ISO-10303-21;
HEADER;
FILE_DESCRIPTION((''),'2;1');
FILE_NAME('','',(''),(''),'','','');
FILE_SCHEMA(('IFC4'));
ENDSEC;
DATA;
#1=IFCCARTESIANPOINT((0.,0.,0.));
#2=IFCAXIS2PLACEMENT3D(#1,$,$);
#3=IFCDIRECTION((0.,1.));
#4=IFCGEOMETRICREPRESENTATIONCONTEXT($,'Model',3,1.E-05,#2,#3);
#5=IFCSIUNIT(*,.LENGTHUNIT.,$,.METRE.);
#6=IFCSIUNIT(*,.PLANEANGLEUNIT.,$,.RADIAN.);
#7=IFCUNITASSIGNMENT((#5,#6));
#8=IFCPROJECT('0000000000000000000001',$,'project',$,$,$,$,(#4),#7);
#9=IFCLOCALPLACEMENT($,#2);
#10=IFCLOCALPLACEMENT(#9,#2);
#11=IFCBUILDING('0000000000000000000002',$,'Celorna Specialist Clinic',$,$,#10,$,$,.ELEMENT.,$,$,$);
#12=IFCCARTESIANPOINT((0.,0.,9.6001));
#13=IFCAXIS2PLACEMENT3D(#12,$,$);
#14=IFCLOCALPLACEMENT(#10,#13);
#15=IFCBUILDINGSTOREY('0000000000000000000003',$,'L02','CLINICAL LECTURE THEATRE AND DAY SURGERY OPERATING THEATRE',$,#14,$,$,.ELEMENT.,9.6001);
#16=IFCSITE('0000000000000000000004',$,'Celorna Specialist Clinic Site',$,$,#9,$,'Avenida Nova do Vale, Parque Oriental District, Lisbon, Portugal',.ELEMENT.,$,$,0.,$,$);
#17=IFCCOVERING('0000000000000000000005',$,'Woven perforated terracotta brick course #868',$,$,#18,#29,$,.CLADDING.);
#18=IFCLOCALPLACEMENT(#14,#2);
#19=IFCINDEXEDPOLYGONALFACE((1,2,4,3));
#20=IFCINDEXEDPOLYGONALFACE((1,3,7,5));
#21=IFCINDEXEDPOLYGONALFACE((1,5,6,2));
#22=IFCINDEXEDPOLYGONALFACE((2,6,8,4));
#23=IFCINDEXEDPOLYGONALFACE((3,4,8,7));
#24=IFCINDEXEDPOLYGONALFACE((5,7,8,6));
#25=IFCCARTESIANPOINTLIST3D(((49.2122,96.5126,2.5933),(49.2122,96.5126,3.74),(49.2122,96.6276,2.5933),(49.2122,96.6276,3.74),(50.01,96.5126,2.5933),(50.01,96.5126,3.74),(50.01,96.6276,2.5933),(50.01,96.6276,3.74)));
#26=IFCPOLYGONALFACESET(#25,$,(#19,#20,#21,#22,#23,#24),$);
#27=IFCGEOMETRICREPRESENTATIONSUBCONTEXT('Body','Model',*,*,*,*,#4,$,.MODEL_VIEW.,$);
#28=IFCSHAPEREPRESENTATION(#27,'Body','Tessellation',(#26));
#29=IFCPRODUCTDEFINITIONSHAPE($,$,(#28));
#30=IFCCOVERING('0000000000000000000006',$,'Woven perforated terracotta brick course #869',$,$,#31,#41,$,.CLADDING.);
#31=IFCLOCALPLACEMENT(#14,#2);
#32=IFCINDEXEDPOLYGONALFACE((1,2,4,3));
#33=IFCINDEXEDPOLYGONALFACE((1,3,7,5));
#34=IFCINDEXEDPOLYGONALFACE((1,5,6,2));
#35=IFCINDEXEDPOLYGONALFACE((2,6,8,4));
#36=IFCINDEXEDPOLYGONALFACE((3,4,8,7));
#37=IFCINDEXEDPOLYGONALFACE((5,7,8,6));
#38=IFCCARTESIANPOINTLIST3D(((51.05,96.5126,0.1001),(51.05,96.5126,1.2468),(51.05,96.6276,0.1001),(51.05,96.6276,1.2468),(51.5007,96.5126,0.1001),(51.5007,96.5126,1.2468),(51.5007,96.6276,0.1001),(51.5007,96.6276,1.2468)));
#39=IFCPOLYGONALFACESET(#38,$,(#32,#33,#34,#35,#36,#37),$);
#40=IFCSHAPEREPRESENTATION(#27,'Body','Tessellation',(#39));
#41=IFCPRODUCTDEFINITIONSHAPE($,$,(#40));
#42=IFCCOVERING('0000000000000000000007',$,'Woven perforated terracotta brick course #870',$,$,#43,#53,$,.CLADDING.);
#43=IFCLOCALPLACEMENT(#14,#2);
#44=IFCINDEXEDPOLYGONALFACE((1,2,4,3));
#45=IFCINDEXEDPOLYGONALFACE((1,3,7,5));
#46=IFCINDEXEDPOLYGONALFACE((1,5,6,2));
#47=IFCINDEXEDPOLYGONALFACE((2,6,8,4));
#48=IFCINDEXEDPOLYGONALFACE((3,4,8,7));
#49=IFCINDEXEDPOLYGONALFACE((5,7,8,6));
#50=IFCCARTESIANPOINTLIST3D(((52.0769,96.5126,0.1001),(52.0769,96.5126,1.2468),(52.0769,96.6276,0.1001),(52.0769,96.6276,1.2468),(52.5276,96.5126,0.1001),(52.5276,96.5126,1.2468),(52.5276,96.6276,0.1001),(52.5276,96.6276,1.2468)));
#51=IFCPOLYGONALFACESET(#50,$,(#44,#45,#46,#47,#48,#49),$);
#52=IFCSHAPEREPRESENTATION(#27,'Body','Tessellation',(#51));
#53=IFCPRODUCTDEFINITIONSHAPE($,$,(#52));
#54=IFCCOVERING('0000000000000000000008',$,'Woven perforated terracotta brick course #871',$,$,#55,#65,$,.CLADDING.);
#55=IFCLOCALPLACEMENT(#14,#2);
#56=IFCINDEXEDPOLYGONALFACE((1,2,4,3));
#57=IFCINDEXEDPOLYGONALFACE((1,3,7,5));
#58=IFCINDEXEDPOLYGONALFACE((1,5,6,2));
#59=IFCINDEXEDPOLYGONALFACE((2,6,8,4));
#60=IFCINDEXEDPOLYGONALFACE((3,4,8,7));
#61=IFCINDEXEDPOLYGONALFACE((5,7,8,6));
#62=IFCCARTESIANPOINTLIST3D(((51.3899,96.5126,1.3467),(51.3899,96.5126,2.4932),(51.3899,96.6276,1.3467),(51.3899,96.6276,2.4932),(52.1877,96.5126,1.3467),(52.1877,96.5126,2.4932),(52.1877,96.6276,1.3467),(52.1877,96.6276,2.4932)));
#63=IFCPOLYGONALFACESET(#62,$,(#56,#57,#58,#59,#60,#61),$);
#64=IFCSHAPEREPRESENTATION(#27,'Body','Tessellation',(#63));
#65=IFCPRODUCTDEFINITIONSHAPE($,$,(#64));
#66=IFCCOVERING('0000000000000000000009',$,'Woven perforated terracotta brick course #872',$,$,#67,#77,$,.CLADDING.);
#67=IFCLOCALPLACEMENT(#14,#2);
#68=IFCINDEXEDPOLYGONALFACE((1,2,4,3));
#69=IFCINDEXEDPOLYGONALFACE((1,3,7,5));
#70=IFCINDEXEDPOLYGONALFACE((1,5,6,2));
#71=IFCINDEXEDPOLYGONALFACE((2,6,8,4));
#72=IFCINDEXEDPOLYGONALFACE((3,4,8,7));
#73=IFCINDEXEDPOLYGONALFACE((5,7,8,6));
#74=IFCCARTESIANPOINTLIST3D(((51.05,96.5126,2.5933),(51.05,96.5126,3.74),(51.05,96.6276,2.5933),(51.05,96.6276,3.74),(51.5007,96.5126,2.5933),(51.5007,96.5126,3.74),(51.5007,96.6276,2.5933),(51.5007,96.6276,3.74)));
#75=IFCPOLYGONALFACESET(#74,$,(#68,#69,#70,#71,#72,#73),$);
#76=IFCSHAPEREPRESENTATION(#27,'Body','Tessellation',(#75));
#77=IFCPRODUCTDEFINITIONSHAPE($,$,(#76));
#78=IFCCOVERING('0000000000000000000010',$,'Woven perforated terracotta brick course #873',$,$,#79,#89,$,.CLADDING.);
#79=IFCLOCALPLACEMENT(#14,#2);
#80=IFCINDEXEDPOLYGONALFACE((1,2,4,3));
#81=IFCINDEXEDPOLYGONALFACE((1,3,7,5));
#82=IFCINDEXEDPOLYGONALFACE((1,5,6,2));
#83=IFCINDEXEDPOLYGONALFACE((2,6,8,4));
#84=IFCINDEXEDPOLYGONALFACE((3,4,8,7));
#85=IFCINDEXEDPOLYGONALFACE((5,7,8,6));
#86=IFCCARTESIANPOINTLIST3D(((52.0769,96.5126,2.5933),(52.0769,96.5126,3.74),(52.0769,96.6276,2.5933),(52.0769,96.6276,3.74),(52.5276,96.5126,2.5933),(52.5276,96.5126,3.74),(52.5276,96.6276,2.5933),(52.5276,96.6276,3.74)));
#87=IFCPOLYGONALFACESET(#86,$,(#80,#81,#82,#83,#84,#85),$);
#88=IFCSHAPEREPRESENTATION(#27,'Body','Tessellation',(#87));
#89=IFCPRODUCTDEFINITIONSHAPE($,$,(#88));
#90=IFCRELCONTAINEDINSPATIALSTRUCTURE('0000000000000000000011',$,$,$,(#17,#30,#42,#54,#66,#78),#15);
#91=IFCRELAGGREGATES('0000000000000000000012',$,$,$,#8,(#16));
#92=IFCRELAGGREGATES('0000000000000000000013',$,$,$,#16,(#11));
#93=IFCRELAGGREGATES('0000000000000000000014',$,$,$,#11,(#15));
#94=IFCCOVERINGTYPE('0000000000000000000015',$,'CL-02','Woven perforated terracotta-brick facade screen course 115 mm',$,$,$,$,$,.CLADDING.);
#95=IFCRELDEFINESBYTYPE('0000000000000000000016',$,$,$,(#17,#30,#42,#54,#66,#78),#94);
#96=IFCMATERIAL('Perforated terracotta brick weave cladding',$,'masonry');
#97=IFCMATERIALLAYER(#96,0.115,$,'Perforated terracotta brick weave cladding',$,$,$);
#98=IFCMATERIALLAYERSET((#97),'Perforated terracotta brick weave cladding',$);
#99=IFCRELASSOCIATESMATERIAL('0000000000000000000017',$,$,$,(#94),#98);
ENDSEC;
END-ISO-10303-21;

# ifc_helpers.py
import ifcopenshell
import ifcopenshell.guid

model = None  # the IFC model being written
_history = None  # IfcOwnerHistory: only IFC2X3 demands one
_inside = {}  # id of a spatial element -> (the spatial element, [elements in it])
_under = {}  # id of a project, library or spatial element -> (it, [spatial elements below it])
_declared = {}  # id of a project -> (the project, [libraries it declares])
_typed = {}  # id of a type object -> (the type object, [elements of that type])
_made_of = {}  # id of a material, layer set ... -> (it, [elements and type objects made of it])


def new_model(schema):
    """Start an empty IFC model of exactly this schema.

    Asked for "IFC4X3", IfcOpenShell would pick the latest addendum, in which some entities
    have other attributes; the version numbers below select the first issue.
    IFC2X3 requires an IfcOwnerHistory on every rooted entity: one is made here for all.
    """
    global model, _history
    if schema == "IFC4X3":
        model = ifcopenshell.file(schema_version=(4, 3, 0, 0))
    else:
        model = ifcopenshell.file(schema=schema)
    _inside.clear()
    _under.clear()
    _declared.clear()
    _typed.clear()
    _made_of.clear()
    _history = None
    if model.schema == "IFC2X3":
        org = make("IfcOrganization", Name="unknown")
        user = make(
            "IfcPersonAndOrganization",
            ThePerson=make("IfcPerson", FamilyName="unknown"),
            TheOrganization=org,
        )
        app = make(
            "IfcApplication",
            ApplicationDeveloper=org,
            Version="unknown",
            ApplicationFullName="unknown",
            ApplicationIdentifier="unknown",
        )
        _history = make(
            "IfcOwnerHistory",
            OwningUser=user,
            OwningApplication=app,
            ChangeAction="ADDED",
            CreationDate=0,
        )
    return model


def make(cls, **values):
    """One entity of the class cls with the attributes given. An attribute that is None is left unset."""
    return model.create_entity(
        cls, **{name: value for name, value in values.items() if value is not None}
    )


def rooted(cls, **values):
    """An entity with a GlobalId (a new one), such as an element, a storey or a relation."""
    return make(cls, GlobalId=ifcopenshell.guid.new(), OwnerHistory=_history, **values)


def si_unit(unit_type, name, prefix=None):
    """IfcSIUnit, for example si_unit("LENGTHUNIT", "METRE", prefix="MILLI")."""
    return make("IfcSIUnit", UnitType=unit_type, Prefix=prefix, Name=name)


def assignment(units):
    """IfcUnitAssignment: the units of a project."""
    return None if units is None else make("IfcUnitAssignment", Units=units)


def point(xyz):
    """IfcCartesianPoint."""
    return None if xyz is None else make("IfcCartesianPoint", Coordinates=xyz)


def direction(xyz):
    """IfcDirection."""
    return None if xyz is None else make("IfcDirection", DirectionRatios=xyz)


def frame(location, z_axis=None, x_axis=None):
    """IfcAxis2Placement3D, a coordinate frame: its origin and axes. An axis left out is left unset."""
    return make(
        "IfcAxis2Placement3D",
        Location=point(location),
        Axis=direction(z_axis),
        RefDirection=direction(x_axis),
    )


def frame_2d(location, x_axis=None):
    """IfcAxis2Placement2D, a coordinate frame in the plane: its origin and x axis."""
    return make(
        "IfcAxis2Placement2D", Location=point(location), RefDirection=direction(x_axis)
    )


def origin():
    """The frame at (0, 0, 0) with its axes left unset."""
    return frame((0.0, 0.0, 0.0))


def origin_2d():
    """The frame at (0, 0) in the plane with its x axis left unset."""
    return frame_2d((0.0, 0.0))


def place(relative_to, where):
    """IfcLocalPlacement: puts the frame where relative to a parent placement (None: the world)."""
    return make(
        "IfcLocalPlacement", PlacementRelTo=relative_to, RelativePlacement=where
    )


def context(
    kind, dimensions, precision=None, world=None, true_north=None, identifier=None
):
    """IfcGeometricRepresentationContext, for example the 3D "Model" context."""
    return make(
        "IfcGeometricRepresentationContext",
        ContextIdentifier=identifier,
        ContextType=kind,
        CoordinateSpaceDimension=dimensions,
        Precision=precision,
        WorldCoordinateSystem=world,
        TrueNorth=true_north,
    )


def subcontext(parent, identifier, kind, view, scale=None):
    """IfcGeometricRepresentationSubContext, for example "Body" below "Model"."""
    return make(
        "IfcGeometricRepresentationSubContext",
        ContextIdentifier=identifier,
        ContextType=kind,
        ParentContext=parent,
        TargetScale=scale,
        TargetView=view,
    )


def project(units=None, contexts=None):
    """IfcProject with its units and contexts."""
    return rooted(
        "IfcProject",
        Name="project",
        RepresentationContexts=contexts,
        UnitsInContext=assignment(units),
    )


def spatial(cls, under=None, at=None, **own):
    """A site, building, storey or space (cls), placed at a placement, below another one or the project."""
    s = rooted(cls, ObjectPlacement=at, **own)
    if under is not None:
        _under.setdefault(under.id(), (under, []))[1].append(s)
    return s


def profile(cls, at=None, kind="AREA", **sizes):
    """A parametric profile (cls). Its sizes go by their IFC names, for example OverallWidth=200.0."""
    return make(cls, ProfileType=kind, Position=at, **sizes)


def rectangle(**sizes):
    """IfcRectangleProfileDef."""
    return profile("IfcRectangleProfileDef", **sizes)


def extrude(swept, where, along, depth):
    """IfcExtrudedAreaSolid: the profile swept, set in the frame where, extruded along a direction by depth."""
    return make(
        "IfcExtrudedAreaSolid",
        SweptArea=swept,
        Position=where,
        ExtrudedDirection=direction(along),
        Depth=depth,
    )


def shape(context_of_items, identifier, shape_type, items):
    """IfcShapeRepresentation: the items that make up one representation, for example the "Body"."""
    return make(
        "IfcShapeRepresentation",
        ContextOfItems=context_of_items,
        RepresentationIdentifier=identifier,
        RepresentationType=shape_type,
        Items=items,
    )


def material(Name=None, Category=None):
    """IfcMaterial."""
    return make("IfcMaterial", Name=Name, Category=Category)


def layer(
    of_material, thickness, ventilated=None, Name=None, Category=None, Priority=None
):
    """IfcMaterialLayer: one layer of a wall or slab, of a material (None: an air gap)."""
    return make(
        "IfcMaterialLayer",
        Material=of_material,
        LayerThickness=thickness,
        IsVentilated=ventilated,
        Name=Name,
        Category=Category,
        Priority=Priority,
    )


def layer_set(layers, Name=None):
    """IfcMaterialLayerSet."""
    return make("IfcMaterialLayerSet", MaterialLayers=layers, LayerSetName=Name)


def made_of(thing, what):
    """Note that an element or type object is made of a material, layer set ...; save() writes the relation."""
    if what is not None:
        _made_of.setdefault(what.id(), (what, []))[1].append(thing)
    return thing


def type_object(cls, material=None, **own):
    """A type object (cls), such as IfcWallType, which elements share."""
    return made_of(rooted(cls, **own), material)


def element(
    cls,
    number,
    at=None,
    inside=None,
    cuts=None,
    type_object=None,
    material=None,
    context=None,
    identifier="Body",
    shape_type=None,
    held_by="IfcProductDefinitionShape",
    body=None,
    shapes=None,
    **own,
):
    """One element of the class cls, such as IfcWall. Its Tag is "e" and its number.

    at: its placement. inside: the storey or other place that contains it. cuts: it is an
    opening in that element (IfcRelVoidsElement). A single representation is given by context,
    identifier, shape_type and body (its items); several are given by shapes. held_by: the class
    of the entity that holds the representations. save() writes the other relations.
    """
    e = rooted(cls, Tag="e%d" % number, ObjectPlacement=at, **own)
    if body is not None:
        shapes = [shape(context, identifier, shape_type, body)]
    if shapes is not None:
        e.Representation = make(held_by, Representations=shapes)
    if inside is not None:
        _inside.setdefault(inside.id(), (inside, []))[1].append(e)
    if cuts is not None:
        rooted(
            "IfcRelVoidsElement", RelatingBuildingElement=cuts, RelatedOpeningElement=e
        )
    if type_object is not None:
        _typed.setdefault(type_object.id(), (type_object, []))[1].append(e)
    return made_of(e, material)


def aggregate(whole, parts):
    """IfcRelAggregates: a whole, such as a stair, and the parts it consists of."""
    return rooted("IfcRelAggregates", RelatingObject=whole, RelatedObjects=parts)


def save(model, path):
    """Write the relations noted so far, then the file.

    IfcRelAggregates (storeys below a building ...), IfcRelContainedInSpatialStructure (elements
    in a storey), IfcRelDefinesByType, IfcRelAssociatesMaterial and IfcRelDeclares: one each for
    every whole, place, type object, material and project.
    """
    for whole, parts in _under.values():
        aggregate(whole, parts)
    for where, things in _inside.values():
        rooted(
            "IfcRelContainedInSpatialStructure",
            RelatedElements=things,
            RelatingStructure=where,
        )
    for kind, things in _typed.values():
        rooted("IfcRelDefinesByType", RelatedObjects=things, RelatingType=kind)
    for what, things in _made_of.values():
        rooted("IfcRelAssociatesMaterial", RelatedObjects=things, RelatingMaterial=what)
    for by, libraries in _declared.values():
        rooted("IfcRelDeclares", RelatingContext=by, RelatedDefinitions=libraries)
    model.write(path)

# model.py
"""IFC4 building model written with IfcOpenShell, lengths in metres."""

from ifc_helpers import new_model, si_unit, direction, frame, origin, origin_2d, place, context, subcontext, project, spatial, rectangle, extrude, material, layer, layer_set, type_object, element, save


model = new_model("IFC4")

# Units and contexts
model_context = context("Model", 3, precision=1e-05, world=origin(), true_north=direction((0.0, 1.0)))
body_context = subcontext(model_context, "Body", "Model", "MODEL_VIEW")
ifc_project = project(units=[si_unit("LENGTHUNIT", "METRE"), si_unit("PLANEANGLEUNIT", "RADIAN")], contexts=[model_context])

# Site, building, storey
site_placement = place(None, origin())
site = spatial("IfcSite", under=ifc_project, at=site_placement, Name="Celorna Specialist Clinic Site", LongName="Avenida Nova do Vale, Parque Oriental District, Lisbon, Portugal", CompositionType="ELEMENT", RefElevation=0.0)
building_placement = place(site_placement, origin())
building = spatial("IfcBuilding", under=site, at=building_placement, Name="Celorna Specialist Clinic", CompositionType="ELEMENT")
storey_placement = place(building_placement, frame((0.0, 0.0, 9.6001)))
storey = spatial("IfcBuildingStorey", under=building, at=storey_placement, Name="L02", Description="CLINICAL LECTURE THEATRE AND DAY SURGERY OPERATING THEATRE", CompositionType="ELEMENT", Elevation=9.6001)

# Coverings
ifc_material_1 = material(Name="Perforated terracotta brick weave cladding", Category="masonry")
ifc_layer_1 = layer(ifc_material_1, 0.115, Name="Perforated terracotta brick weave cladding")
ifc_layer_set_1 = layer_set([ifc_layer_1], Name="Perforated terracotta brick weave cladding")
covering_type = type_object("IfcCoveringType", Name="CL-02", Description="Woven perforated terracotta-brick facade screen course 115 mm", PredefinedType="CLADDING", material=ifc_layer_set_1)
covering_1_placement = place(storey_placement, frame((49.6111, 96.5701, 2.5933), z_axis=(0.0, 0.0, 1.0), x_axis=(1.0, 0.0, 0.0)))
element("IfcCovering", 1, at=covering_1_placement, inside=storey, type_object=covering_type, Name="Woven perforated terracotta brick course #868", PredefinedType="CLADDING", context=body_context, shape_type="SweptSolid", body=[
    extrude(rectangle(XDim=0.7979, YDim=0.115, at=origin_2d()), origin(), (0.0, 0.0, 1.0), 1.1467),
])
for number, where, z_axis, x_axis, name in (
    (2, (51.2754, 96.5701, 0.1001), (0.0, 0.0, 1.0), (1.0, 0.0, 0.0), "Woven perforated terracotta brick course #869"),
    (3, (52.3022, 96.5701, 0.1001), (0.0, 0.0, 1.0), (1.0, 0.0, 0.0), "Woven perforated terracotta brick course #870"),
):
    element("IfcCovering", number, at=place(storey_placement, frame(where, z_axis=z_axis, x_axis=x_axis)), inside=storey, type_object=covering_type, Name=name, PredefinedType="CLADDING", context=body_context, shape_type="SweptSolid", body=[
        extrude(rectangle(XDim=0.4507, YDim=0.115, at=origin_2d()), origin(), (0.0, 0.0, 1.0), 1.1467),
    ])
covering_2_placement = place(storey_placement, frame((51.7888, 96.5701, 1.3467), z_axis=(0.0, 0.0, 1.0), x_axis=(1.0, 0.0, 0.0)))
element("IfcCovering", 4, at=covering_2_placement, inside=storey, type_object=covering_type, Name="Woven perforated terracotta brick course #871", PredefinedType="CLADDING", context=body_context, shape_type="SweptSolid", body=[
    extrude(rectangle(XDim=0.7979, YDim=0.115, at=origin_2d()), origin(), (0.0, 0.0, 1.0), 1.1465),
])
for number, where, z_axis, x_axis, name in (
    (5, (51.2754, 96.5701, 2.5933), (0.0, 0.0, 1.0), (1.0, 0.0, 0.0), "Woven perforated terracotta brick course #872"),
    (6, (52.3022, 96.5701, 2.5933), (0.0, 0.0, 1.0), (1.0, 0.0, 0.0), "Woven perforated terracotta brick course #873"),
):
    element("IfcCovering", number, at=place(storey_placement, frame(where, z_axis=z_axis, x_axis=x_axis)), inside=storey, type_object=covering_type, Name=name, PredefinedType="CLADDING", context=body_context, shape_type="SweptSolid", body=[
        extrude(rectangle(XDim=0.4507, YDim=0.115, at=origin_2d()), origin(), (0.0, 0.0, 1.0), 1.1467),
    ])

save(model, "model.ifc")
